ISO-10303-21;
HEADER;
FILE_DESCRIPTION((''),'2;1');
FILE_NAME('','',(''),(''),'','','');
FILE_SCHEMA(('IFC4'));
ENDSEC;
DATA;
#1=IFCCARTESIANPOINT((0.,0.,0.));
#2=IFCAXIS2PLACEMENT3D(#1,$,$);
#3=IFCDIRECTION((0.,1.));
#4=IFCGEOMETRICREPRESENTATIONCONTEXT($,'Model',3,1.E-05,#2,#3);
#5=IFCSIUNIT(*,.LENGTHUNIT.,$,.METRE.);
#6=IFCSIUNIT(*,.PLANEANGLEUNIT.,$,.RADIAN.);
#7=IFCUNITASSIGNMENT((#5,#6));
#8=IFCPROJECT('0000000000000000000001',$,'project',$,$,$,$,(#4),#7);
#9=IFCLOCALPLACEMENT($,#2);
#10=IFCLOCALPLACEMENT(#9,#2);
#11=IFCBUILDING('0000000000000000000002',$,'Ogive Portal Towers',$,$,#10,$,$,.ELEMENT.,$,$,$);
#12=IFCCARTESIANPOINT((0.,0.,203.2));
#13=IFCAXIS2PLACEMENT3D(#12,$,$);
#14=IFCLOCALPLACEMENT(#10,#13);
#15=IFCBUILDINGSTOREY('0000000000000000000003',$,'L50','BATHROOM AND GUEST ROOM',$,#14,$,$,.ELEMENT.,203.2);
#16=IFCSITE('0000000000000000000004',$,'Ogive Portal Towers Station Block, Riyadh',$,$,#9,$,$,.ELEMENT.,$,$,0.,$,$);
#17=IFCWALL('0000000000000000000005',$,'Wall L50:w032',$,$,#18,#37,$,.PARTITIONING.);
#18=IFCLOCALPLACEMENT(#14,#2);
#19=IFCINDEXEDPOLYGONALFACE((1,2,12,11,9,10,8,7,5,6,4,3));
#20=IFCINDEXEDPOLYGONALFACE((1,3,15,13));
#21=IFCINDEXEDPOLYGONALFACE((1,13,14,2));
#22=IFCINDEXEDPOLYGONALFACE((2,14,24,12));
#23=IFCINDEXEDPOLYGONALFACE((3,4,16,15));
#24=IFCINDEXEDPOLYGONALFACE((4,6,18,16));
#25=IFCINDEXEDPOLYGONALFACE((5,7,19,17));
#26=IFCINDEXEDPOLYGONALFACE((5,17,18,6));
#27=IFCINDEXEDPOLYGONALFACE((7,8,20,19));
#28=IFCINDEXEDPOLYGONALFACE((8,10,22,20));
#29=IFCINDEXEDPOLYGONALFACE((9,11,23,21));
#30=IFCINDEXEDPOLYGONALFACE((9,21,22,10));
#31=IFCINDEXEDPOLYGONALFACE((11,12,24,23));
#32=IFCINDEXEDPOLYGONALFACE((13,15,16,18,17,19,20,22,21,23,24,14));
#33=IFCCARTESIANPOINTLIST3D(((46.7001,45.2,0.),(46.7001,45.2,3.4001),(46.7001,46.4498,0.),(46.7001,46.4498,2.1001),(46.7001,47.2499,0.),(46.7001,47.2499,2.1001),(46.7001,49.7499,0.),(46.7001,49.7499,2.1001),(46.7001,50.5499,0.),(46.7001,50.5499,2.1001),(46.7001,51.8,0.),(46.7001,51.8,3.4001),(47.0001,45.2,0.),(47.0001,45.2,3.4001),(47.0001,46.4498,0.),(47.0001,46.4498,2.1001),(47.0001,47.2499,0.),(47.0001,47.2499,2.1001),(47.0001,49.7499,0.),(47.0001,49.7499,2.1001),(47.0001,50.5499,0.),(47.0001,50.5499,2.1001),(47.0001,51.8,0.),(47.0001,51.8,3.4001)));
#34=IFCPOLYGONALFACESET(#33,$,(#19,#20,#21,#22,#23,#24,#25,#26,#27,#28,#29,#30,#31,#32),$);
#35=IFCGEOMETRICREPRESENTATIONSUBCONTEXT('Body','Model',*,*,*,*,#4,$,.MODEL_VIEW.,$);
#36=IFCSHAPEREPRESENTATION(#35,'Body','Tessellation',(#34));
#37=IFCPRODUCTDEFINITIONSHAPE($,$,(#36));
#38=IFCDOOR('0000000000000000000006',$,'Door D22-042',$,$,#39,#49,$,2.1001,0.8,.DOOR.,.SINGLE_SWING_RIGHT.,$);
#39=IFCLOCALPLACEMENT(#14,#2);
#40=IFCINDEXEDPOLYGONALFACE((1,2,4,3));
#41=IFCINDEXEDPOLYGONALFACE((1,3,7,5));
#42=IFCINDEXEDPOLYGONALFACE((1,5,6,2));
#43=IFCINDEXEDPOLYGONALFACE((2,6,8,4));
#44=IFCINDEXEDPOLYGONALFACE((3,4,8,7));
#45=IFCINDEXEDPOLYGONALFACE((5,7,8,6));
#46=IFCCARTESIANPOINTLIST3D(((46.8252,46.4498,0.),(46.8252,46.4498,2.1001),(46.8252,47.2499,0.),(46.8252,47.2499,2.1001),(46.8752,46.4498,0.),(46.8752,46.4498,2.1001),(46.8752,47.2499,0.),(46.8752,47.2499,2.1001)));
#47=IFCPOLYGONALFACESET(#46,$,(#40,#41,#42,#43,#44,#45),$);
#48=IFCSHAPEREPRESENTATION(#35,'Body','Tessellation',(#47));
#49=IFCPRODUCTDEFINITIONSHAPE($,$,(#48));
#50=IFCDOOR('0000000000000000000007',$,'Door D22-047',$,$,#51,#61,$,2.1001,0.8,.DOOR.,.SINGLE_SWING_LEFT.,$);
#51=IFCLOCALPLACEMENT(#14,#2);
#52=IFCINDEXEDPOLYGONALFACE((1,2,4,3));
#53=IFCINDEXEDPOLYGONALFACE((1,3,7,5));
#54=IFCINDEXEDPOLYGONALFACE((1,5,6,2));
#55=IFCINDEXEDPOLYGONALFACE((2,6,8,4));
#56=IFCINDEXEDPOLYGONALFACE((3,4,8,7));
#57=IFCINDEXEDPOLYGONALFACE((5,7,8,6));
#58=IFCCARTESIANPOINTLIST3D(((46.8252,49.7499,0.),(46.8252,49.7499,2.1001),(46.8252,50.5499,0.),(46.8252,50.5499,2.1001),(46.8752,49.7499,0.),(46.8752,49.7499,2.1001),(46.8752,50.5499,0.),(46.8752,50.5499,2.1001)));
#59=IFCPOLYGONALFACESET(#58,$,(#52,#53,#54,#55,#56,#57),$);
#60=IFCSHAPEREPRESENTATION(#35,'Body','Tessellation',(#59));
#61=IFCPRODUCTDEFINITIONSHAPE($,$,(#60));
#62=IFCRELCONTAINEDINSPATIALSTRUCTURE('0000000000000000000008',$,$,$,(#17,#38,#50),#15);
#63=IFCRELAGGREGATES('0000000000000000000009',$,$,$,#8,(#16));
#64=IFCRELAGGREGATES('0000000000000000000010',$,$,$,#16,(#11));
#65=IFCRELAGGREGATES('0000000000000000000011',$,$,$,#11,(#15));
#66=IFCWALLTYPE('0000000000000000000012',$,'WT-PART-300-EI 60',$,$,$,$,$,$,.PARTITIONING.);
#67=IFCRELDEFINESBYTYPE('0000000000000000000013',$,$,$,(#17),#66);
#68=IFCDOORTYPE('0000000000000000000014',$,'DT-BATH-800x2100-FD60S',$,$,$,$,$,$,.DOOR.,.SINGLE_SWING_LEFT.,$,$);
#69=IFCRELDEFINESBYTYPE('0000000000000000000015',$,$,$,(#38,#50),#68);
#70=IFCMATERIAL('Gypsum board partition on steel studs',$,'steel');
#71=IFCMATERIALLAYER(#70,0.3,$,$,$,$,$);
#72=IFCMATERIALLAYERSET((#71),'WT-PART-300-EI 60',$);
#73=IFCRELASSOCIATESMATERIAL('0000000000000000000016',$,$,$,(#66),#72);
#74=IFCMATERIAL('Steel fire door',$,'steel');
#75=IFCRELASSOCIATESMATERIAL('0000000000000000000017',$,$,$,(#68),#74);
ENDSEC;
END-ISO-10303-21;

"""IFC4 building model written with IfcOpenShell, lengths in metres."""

from ifc_helpers import new_model, si_unit, direction, frame, frame_2d, origin, place, context, subcontext, project, spatial, rectangle, extrude, material, layer, layer_set, type_object, element, fill, save


model = new_model("IFC4")

# Units and contexts
model_context = context("Model", 3, precision=1e-05, world=origin(), true_north=direction((0.0, 1.0)))
body_context = subcontext(model_context, "Body", "Model", "MODEL_VIEW")
ifc_project = project(units=[si_unit("LENGTHUNIT", "METRE"), si_unit("PLANEANGLEUNIT", "RADIAN")], contexts=[model_context])

# Site, building, storey
site_placement = place(None, origin())
site = spatial("IfcSite", under=ifc_project, at=site_placement, Name="Ogive Portal Towers Station Block, Riyadh", CompositionType="ELEMENT", RefElevation=0.0)
building_placement = place(site_placement, origin())
building = spatial("IfcBuilding", under=site, at=building_placement, Name="Ogive Portal Towers", CompositionType="ELEMENT")
storey_placement = place(building_placement, frame((0.0, 0.0, 203.2)))
storey = spatial("IfcBuildingStorey", under=building, at=storey_placement, Name="L50", Description="BATHROOM AND GUEST ROOM", CompositionType="ELEMENT", Elevation=203.2)

# Shared definitions
ifc_material_1 = material(Name="Gypsum board partition on steel studs", Category="steel")
ifc_layer_1 = layer(ifc_material_1, 0.3)
ifc_layer_set_1 = layer_set([ifc_layer_1], Name="WT-PART-300-EI 60")
wall_type = type_object("IfcWallType", Name="WT-PART-300-EI 60", PredefinedType="PARTITIONING", material=ifc_layer_set_1)

# Wall, openings, doors
wall_1_placement = place(storey_placement, frame((46.8501, 45.2, 0.0), z_axis=(0.0, 0.0, 1.0), x_axis=(0.0, 1.0, 0.0)))
wall_1 = element("IfcWall", 1, at=wall_1_placement, inside=storey, type_object=wall_type, Name="Wall L50:w032", PredefinedType="PARTITIONING", context=body_context, shape_type="SweptSolid", body=[
    extrude(rectangle(XDim=6.6001, YDim=0.3, at=frame_2d((3.3, 0.0))), origin(), (0.0, 0.0, 1.0), 3.4001),
])
opening_1_placement = place(wall_1_placement, frame((1.25, 0.0, 0.0)))
opening_1 = element("IfcOpeningElement", 2, at=opening_1_placement, cuts=wall_1, PredefinedType="OPENING", context=body_context, shape_type="SweptSolid", body=[
    extrude(rectangle(XDim=0.8, YDim=2.1001, at=frame_2d((0.3999, 1.05))), frame((0.0, 0.1602, 0.0), z_axis=(0.0, -1.0, 0.0), x_axis=(1.0, 0.0, 0.0)), (0.0, 0.0, 1.0), 0.3201),
])
opening_2_placement = place(wall_1_placement, frame((4.55, 0.0, 0.0)))
opening_2 = element("IfcOpeningElement", 3, at=opening_2_placement, cuts=wall_1, PredefinedType="OPENING", context=body_context, shape_type="SweptSolid", body=[
    extrude(rectangle(XDim=0.8, YDim=2.1001, at=frame_2d((0.3999, 1.05))), frame((0.0, 0.1602, 0.0), z_axis=(0.0, -1.0, 0.0), x_axis=(1.0, 0.0, 0.0)), (0.0, 0.0, 1.0), 0.3201),
])
ifc_material_2 = material(Name="Steel fire door", Category="steel")
door_type = type_object("IfcDoorType", Name="DT-BATH-800x2100-FD60S", OperationType="SINGLE_SWING_LEFT", PredefinedType="DOOR", material=ifc_material_2)
door_1_placement = place(opening_1_placement, origin())
door_1 = element("IfcDoor", 4, at=door_1_placement, inside=storey, type_object=door_type, Name="Door D22-042", OperationType="SINGLE_SWING_RIGHT", OverallHeight=2.1001, OverallWidth=0.8, PredefinedType="DOOR", context=body_context, shape_type="SweptSolid", body=[
    extrude(rectangle(XDim=0.8, YDim=2.1001, at=frame_2d((0.3999, 1.05))), frame((0.0, 0.0249, 0.0), z_axis=(0.0, -1.0, 0.0), x_axis=(1.0, 0.0, 0.0)), (0.0, 0.0, 1.0), 0.05),
])
fill(opening_1, door_1)
door_2_placement = place(opening_2_placement, origin())
door_2 = element("IfcDoor", 5, at=door_2_placement, inside=storey, type_object=door_type, Name="Door D22-047", OperationType="SINGLE_SWING_LEFT", OverallHeight=2.1001, OverallWidth=0.8, PredefinedType="DOOR", context=body_context, shape_type="SweptSolid", body=[
    extrude(rectangle(XDim=0.8, YDim=2.1001, at=frame_2d((0.3999, 1.05))), frame((0.0, 0.0249, 0.0), z_axis=(0.0, -1.0, 0.0), x_axis=(1.0, 0.0, 0.0)), (0.0, 0.0, 1.0), 0.05),
])
fill(opening_2, door_2)

save(model, "model.ifc")
